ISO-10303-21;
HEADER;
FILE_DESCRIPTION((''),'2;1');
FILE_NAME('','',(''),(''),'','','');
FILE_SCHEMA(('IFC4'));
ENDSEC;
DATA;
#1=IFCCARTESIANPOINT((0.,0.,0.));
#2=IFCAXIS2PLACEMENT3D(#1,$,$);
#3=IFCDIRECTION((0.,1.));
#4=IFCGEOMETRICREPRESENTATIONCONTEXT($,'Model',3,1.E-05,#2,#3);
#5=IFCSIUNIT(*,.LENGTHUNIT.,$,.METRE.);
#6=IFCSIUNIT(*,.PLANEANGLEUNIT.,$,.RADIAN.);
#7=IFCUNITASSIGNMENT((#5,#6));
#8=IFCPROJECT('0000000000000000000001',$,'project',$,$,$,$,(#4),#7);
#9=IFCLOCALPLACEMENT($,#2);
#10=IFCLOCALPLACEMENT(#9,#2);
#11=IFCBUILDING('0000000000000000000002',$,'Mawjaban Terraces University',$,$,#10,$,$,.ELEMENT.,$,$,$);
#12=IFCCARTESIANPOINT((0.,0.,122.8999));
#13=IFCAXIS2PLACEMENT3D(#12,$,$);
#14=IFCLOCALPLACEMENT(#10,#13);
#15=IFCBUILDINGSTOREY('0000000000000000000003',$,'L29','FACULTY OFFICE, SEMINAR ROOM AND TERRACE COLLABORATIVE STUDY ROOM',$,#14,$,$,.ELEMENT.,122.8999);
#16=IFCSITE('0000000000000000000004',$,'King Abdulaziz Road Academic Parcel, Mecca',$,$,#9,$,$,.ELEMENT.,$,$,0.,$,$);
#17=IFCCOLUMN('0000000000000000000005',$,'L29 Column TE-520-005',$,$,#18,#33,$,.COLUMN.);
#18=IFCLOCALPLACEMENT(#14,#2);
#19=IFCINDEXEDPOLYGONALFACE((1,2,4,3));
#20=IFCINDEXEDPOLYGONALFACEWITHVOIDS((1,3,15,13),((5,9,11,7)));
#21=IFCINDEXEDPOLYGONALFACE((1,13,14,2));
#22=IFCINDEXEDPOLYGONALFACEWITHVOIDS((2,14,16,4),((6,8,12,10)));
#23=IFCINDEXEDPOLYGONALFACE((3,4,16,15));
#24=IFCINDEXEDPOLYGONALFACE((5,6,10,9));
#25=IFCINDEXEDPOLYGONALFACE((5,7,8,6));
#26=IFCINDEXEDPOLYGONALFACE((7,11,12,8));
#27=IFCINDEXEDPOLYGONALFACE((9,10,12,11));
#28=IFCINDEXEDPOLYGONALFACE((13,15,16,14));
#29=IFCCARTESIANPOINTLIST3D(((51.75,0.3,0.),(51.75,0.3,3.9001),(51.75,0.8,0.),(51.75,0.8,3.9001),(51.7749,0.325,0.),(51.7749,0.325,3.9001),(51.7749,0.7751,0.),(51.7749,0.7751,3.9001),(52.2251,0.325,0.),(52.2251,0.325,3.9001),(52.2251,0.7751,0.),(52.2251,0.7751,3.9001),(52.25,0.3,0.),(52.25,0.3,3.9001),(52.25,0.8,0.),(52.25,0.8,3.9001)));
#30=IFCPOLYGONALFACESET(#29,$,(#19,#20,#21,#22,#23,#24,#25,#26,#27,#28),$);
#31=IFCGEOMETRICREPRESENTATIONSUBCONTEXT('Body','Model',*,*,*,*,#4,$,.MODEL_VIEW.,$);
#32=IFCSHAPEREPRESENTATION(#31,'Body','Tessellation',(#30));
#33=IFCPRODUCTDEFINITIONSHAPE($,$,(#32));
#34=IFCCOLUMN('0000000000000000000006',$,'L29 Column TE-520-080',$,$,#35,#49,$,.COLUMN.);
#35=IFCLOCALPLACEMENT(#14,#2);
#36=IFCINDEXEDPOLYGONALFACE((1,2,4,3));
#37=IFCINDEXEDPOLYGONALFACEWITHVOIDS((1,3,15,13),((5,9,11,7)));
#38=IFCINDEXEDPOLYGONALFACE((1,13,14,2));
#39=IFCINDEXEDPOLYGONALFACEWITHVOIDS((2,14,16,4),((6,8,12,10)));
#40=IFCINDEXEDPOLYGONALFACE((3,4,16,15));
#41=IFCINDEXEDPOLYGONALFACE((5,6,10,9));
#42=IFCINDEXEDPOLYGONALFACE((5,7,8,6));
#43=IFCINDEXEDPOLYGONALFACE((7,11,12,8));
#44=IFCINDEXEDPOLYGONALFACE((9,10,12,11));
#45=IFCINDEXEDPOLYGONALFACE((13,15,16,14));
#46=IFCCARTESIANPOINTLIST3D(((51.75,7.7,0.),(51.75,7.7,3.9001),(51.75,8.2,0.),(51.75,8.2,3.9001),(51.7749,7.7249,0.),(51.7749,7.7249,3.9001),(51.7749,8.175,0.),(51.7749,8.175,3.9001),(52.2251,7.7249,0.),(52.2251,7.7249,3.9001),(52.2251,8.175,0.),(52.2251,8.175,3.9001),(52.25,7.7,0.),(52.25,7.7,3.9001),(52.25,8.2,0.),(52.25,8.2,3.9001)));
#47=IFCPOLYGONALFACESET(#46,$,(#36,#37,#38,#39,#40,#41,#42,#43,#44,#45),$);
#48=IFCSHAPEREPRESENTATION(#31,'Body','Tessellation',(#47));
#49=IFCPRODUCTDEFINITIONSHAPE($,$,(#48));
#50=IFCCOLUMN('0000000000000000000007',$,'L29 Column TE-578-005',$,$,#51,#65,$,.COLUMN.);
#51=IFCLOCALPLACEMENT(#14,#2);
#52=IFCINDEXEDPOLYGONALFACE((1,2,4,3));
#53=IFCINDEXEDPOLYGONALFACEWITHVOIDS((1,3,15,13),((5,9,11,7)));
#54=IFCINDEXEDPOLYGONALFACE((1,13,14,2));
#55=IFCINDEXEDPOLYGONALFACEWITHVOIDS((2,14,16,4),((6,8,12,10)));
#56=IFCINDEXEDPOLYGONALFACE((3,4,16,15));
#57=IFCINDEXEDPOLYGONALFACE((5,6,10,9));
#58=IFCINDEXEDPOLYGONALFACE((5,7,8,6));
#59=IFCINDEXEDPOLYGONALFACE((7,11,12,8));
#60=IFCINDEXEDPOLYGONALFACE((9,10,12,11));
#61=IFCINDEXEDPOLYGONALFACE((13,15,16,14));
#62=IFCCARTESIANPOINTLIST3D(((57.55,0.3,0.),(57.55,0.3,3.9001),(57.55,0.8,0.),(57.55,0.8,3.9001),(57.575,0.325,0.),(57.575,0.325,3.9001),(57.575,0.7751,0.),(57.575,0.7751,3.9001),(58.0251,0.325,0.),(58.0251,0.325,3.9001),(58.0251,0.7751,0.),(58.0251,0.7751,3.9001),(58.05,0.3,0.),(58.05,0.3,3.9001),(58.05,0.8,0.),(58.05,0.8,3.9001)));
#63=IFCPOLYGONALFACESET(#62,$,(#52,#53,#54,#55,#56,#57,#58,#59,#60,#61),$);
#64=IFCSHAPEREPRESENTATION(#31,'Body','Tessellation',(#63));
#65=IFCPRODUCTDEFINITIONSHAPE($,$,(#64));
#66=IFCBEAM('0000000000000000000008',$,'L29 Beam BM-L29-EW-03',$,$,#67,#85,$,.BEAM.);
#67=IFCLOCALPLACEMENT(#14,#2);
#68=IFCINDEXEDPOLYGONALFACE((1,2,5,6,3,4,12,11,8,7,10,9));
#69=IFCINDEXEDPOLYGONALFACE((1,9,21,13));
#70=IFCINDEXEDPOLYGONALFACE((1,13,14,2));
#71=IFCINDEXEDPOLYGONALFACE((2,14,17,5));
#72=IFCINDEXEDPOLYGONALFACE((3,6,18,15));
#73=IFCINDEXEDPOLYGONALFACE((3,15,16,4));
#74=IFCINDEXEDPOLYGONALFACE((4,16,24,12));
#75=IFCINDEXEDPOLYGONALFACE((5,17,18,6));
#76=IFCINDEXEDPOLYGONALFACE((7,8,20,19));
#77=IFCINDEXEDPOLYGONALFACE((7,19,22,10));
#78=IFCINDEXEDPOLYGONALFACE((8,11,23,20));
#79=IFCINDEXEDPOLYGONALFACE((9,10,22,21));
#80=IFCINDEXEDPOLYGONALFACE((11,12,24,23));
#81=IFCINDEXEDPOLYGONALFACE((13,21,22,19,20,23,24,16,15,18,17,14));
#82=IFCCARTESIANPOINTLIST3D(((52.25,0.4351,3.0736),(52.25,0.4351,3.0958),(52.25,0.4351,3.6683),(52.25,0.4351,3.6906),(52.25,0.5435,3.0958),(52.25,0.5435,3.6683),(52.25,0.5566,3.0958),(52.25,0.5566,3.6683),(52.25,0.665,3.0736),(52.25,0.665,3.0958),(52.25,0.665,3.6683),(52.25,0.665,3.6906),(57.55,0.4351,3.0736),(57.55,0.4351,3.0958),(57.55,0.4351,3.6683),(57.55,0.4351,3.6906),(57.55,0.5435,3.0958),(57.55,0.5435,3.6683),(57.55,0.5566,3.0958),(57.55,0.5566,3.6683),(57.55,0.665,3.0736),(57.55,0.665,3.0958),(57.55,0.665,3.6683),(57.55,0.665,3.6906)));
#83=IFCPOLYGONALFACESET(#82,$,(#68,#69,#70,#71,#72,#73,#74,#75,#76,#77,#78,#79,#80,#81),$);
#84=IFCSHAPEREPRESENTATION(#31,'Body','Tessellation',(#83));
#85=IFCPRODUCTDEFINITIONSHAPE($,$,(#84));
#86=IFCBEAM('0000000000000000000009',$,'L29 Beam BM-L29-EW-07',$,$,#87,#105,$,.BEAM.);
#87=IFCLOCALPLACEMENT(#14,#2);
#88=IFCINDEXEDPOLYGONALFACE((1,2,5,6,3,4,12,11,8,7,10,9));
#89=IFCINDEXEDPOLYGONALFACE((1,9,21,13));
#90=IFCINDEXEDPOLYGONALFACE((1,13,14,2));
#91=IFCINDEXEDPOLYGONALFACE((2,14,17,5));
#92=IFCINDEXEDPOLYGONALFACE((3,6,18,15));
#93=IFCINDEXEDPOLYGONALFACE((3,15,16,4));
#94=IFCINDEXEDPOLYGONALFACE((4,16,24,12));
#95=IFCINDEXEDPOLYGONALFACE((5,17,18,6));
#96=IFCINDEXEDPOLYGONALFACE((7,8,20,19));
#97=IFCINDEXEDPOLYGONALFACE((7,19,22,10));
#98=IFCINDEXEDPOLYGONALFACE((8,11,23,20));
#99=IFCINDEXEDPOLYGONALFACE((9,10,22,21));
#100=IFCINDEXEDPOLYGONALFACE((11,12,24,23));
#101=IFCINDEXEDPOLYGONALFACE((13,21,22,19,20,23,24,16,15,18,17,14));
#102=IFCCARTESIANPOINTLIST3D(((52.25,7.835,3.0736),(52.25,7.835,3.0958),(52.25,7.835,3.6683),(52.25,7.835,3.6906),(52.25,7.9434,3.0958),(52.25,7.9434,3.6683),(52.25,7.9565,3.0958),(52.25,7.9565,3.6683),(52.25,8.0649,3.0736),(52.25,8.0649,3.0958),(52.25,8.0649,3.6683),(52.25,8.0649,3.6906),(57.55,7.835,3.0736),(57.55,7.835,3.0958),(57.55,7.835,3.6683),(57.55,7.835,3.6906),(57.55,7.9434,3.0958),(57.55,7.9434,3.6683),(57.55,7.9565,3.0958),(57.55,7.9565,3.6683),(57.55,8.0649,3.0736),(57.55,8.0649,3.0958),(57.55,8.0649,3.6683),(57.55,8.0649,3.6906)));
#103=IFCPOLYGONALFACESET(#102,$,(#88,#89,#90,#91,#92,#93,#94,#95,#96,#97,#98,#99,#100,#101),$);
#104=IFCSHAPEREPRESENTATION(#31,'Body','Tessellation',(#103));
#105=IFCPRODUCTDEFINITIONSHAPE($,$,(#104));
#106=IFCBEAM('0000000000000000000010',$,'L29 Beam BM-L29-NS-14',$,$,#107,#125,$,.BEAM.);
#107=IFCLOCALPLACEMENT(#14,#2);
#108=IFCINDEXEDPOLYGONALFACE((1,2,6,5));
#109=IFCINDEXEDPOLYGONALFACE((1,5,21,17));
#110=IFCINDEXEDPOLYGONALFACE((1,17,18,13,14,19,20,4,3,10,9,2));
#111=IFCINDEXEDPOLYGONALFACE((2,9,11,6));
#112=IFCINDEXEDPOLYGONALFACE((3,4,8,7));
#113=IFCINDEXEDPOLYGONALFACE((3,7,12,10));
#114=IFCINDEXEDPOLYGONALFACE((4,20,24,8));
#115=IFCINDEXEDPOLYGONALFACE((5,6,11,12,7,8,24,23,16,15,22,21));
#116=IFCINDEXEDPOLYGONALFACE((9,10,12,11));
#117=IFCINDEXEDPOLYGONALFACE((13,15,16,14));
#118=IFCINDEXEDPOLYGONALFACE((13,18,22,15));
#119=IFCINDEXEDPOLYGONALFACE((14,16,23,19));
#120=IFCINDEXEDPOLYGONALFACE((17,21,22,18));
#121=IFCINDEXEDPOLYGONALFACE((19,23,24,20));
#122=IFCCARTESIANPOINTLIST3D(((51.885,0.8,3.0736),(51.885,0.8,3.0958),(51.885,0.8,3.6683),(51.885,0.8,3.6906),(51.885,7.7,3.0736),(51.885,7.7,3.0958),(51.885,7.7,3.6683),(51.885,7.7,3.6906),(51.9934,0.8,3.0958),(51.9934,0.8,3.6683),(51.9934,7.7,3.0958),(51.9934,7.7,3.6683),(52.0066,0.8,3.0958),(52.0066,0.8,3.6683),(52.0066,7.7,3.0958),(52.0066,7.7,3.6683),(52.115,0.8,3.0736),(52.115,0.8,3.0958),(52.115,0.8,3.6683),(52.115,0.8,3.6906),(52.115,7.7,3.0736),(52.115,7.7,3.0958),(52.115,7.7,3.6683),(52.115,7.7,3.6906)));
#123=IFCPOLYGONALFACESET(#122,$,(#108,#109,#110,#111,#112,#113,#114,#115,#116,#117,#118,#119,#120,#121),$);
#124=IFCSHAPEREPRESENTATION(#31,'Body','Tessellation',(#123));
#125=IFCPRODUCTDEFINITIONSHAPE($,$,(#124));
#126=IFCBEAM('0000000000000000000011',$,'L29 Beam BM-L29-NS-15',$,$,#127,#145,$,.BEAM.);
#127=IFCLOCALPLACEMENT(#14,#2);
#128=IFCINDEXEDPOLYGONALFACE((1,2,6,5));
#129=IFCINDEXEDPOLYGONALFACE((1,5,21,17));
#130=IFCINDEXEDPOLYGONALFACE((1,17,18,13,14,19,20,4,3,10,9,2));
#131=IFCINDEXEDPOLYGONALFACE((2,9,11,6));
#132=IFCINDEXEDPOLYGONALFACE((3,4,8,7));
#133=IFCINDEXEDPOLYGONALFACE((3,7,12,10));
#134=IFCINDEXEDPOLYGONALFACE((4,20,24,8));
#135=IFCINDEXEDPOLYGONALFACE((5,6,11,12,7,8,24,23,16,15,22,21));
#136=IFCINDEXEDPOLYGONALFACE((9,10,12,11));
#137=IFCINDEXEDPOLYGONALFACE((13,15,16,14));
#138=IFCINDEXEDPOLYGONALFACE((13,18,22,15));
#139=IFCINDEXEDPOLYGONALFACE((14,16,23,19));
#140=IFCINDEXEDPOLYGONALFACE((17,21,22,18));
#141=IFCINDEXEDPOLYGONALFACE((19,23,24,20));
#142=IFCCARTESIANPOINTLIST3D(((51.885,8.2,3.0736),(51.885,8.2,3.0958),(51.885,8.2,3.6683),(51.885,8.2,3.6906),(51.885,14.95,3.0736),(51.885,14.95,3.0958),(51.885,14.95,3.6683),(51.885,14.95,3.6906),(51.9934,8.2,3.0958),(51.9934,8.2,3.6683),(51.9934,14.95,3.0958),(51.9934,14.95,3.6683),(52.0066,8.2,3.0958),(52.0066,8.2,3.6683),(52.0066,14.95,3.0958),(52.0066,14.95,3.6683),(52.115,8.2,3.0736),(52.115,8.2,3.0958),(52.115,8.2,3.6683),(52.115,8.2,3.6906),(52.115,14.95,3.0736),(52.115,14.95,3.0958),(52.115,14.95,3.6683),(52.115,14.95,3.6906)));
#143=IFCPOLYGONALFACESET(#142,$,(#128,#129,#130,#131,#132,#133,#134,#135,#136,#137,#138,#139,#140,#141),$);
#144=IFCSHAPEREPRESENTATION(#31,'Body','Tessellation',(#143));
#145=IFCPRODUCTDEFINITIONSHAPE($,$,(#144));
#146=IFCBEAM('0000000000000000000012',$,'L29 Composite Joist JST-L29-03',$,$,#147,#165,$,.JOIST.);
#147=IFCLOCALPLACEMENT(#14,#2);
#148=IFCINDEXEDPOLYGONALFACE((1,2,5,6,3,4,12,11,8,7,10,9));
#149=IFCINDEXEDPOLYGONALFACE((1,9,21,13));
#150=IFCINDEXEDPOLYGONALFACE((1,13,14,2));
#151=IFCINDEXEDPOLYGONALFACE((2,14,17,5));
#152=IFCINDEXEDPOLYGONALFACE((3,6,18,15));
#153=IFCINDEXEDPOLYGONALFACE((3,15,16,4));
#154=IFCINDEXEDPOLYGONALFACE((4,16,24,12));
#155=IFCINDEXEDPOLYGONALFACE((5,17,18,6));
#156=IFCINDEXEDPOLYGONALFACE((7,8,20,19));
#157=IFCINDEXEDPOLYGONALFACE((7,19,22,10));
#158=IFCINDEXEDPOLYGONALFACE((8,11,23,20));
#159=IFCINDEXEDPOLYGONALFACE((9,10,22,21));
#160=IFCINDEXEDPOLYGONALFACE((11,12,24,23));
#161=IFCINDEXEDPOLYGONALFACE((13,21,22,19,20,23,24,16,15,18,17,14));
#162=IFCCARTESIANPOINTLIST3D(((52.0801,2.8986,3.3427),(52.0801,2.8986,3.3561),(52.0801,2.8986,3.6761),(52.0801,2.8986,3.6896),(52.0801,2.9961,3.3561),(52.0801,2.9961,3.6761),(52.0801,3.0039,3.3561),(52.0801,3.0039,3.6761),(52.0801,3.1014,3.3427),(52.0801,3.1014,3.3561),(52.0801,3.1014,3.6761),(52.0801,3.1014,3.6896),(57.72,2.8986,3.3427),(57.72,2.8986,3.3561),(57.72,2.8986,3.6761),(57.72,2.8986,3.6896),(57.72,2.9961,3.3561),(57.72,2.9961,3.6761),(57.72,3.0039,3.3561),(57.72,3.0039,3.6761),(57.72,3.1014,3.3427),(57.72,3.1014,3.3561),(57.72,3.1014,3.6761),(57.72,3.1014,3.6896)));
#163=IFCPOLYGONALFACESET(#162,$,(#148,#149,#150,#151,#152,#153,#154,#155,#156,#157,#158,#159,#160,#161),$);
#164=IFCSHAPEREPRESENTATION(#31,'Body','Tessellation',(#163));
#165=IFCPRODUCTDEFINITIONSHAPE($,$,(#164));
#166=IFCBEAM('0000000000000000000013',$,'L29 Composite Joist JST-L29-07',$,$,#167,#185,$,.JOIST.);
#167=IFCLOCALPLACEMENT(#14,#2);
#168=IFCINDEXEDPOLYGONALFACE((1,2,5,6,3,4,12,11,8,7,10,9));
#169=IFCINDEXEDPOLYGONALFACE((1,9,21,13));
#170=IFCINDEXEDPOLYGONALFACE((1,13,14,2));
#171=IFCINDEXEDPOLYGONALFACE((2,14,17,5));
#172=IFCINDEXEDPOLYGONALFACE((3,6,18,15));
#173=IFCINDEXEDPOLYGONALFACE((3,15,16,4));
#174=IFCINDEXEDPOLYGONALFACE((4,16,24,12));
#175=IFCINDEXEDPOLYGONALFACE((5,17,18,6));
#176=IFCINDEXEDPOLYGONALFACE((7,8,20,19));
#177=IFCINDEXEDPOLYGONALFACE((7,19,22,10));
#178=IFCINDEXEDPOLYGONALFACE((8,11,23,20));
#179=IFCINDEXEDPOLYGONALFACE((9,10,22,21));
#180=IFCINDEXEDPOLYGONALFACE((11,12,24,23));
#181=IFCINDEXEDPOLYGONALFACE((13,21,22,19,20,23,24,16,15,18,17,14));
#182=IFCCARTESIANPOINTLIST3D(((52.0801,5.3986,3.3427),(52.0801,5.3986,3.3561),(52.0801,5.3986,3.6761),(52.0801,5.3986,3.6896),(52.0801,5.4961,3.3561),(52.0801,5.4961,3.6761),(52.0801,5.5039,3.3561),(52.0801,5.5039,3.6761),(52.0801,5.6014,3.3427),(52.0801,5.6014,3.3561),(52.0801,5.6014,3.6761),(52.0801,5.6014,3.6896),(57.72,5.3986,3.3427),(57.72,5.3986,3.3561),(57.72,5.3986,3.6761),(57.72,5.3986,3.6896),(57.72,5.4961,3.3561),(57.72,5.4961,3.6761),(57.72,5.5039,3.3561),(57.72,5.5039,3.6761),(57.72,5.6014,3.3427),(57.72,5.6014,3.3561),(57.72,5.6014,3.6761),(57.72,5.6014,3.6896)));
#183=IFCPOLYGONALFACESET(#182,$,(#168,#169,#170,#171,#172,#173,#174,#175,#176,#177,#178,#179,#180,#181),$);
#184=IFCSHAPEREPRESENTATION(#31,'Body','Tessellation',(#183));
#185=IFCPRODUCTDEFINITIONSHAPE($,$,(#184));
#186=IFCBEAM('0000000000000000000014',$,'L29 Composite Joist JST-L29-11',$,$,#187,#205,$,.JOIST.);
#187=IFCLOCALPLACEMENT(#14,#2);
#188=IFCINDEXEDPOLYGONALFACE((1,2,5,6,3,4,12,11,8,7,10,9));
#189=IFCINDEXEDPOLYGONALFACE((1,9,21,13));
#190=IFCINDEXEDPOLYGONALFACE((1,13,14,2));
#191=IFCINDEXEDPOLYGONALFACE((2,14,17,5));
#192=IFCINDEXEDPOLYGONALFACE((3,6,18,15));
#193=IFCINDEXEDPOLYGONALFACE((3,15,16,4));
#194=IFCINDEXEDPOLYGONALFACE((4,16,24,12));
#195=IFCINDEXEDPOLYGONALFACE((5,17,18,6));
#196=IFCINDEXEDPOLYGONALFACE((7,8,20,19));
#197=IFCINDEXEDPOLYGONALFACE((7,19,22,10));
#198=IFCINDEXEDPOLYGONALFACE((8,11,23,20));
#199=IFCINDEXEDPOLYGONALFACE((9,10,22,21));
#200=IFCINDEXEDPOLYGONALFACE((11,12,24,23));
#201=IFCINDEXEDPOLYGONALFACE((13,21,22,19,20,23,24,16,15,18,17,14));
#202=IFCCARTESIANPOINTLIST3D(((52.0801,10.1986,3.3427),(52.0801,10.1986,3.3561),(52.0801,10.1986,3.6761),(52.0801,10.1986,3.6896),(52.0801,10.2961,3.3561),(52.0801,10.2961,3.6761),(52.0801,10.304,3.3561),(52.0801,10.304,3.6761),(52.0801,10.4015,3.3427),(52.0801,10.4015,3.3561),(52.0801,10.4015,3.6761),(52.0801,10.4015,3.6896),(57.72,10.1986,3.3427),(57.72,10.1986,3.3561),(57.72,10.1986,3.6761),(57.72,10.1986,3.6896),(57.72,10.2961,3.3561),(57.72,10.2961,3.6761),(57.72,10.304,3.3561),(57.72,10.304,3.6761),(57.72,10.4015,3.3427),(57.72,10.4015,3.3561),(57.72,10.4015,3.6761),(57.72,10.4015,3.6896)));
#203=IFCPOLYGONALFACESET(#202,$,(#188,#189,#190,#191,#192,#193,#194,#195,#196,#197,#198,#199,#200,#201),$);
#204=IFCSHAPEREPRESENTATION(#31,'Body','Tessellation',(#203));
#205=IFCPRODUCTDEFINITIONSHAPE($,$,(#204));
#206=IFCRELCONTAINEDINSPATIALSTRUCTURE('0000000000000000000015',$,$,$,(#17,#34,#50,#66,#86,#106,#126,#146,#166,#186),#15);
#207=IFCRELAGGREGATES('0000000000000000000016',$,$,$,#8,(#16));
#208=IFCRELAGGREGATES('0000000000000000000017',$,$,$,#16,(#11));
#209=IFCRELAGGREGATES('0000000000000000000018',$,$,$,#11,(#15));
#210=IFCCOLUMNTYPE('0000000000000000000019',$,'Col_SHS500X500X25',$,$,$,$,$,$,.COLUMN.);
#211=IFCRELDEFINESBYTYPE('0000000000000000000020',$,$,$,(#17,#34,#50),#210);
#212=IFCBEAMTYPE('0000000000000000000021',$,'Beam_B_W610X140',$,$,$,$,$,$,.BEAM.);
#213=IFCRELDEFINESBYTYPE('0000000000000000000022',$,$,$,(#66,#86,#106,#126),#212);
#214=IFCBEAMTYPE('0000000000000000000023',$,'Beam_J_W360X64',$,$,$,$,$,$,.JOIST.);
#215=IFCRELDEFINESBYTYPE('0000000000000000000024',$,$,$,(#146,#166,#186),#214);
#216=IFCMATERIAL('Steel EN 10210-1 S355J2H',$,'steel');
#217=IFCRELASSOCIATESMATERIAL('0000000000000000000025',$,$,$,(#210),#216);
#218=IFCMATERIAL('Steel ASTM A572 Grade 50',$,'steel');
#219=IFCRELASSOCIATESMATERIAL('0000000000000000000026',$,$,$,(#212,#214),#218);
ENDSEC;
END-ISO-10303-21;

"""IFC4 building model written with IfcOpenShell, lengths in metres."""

from ifc_helpers import new_model, si_unit, direction, frame, origin, origin_2d, place, context, subcontext, project, spatial, hollow_rectangle, i_section, extrude, material, material_profile, profile_set, type_object, element, save


model = new_model("IFC4")

# Units and contexts
model_context = context("Model", 3, precision=1e-05, world=origin(), true_north=direction((0.0, 1.0)))
body_context = subcontext(model_context, "Body", "Model", "MODEL_VIEW")
ifc_project = project(units=[si_unit("LENGTHUNIT", "METRE"), si_unit("PLANEANGLEUNIT", "RADIAN")], contexts=[model_context])

# Site, building, storey
site_placement = place(None, origin())
site = spatial("IfcSite", under=ifc_project, at=site_placement, Name="King Abdulaziz Road Academic Parcel, Mecca", CompositionType="ELEMENT", RefElevation=0.0)
building_placement = place(site_placement, origin())
building = spatial("IfcBuilding", under=site, at=building_placement, Name="Mawjaban Terraces University", CompositionType="ELEMENT")
storey_placement = place(building_placement, frame((0.0, 0.0, 122.8999)))
storey = spatial("IfcBuildingStorey", under=building, at=storey_placement, Name="L29", Description="FACULTY OFFICE, SEMINAR ROOM AND TERRACE COLLABORATIVE STUDY ROOM", CompositionType="ELEMENT", Elevation=122.8999)

# Columns
ifc_material_1 = material(Name="Steel EN 10210-1 S355J2H", Category="steel")
ifc_material_profile_1 = material_profile(ifc_material_1, hollow_rectangle(XDim=0.5, YDim=0.5, WallThickness=0.0249, at=origin_2d()), Name="SHS500X500X25")
ifc_profile_set_1 = profile_set([ifc_material_profile_1], Name="Steel EN 10210-1 S355J2H")
column_type = type_object("IfcColumnType", Name="Col_SHS500X500X25", PredefinedType="COLUMN", material=ifc_profile_set_1)
for number, where, z_axis, x_axis, name in (
    (1, (52.0, 0.55, 0.0), (0.0, 0.0, 1.0), (1.0, 0.0, 0.0), "L29 Column TE-520-005"),
    (2, (52.0, 7.95, 0.0), (0.0, 0.0, 1.0), (1.0, 0.0, 0.0), "L29 Column TE-520-080"),
    (3, (57.8, 0.55, 0.0), (0.0, 0.0, 1.0), (1.0, 0.0, 0.0), "L29 Column TE-578-005"),
):
    element("IfcColumn", number, at=place(storey_placement, frame(where, z_axis=z_axis, x_axis=x_axis)), inside=storey, type_object=column_type, Name=name, PredefinedType="COLUMN", context=body_context, shape_type="SweptSolid", body=[
        extrude(hollow_rectangle(XDim=0.5, YDim=0.5, WallThickness=0.0249, at=origin_2d()), origin(), (0.0, 0.0, 1.0), 3.9001),
    ])

# Beams
ifc_material_2 = material(Name="Steel ASTM A572 Grade 50", Category="steel")
ifc_material_profile_2 = material_profile(ifc_material_2, i_section(OverallWidth=0.23, OverallDepth=0.6169, WebThickness=0.0132, FlangeThickness=0.0222, at=origin_2d()), Name="W610X140")
ifc_profile_set_2 = profile_set([ifc_material_profile_2], Name="Steel ASTM A572 Grade 50")
beam_type_1 = type_object("IfcBeamType", Name="Beam_B_W610X140", PredefinedType="BEAM", material=ifc_profile_set_2)
for number, where, z_axis, x_axis, name in (
    (4, (52.25, 0.55, 3.3821), (1.0, 0.0, 0.0), (0.0, 1.0, 0.0), "L29 Beam BM-L29-EW-03"),
    (5, (52.25, 7.95, 3.3821), (1.0, 0.0, 0.0), (0.0, 1.0, 0.0), "L29 Beam BM-L29-EW-07"),
):
    element("IfcBeam", number, at=place(storey_placement, frame(where, z_axis=z_axis, x_axis=x_axis)), inside=storey, type_object=beam_type_1, Name=name, PredefinedType="BEAM", context=body_context, shape_type="SweptSolid", body=[
        extrude(i_section(OverallWidth=0.23, OverallDepth=0.6169, WebThickness=0.0132, FlangeThickness=0.0222, at=origin_2d()), origin(), (0.0, 0.0, 1.0), 5.3),
    ])
beam_1_placement = place(storey_placement, frame((52.0, 0.8, 3.3821), z_axis=(0.0, 1.0, 0.0), x_axis=(-1.0, 0.0, 0.0)))
element("IfcBeam", 6, at=beam_1_placement, inside=storey, type_object=beam_type_1, Name="L29 Beam BM-L29-NS-14", PredefinedType="BEAM", context=body_context, shape_type="SweptSolid", body=[
    extrude(i_section(OverallWidth=0.23, OverallDepth=0.6169, WebThickness=0.0132, FlangeThickness=0.0222, at=origin_2d()), origin(), (0.0, 0.0, 1.0), 6.8999),
])
beam_2_placement = place(storey_placement, frame((52.0, 8.2, 3.3821), z_axis=(0.0, 1.0, 0.0), x_axis=(-1.0, 0.0, 0.0)))
element("IfcBeam", 7, at=beam_2_placement, inside=storey, type_object=beam_type_1, Name="L29 Beam BM-L29-NS-15", PredefinedType="BEAM", context=body_context, shape_type="SweptSolid", body=[
    extrude(i_section(OverallWidth=0.23, OverallDepth=0.6169, WebThickness=0.0132, FlangeThickness=0.0222, at=origin_2d()), origin(), (0.0, 0.0, 1.0), 6.75),
])
ifc_material_profile_3 = material_profile(ifc_material_2, i_section(OverallWidth=0.2029, OverallDepth=0.3469, WebThickness=0.0078, FlangeThickness=0.0134, at=origin_2d()), Name="W360X64")
ifc_profile_set_3 = profile_set([ifc_material_profile_3], Name="Steel ASTM A572 Grade 50")
beam_type_2 = type_object("IfcBeamType", Name="Beam_J_W360X64", PredefinedType="JOIST", material=ifc_profile_set_3)
for number, where, z_axis, x_axis, name in (
    (8, (52.0801, 3.0, 3.5161), (1.0, 0.0, 0.0), (0.0, 1.0, 0.0), "L29 Composite Joist JST-L29-03"),
    (9, (52.0801, 5.5, 3.5161), (1.0, 0.0, 0.0), (0.0, 1.0, 0.0), "L29 Composite Joist JST-L29-07"),
    (10, (52.0801, 10.3, 3.5161), (1.0, 0.0, 0.0), (0.0, 1.0, 0.0), "L29 Composite Joist JST-L29-11"),
):
    element("IfcBeam", number, at=place(storey_placement, frame(where, z_axis=z_axis, x_axis=x_axis)), inside=storey, type_object=beam_type_2, Name=name, PredefinedType="JOIST", context=body_context, shape_type="SweptSolid", body=[
        extrude(i_section(OverallWidth=0.2029, OverallDepth=0.3469, WebThickness=0.0078, FlangeThickness=0.0134, at=origin_2d()), origin(), (0.0, 0.0, 1.0), 5.6399),
    ])

save(model, "model.ifc")
